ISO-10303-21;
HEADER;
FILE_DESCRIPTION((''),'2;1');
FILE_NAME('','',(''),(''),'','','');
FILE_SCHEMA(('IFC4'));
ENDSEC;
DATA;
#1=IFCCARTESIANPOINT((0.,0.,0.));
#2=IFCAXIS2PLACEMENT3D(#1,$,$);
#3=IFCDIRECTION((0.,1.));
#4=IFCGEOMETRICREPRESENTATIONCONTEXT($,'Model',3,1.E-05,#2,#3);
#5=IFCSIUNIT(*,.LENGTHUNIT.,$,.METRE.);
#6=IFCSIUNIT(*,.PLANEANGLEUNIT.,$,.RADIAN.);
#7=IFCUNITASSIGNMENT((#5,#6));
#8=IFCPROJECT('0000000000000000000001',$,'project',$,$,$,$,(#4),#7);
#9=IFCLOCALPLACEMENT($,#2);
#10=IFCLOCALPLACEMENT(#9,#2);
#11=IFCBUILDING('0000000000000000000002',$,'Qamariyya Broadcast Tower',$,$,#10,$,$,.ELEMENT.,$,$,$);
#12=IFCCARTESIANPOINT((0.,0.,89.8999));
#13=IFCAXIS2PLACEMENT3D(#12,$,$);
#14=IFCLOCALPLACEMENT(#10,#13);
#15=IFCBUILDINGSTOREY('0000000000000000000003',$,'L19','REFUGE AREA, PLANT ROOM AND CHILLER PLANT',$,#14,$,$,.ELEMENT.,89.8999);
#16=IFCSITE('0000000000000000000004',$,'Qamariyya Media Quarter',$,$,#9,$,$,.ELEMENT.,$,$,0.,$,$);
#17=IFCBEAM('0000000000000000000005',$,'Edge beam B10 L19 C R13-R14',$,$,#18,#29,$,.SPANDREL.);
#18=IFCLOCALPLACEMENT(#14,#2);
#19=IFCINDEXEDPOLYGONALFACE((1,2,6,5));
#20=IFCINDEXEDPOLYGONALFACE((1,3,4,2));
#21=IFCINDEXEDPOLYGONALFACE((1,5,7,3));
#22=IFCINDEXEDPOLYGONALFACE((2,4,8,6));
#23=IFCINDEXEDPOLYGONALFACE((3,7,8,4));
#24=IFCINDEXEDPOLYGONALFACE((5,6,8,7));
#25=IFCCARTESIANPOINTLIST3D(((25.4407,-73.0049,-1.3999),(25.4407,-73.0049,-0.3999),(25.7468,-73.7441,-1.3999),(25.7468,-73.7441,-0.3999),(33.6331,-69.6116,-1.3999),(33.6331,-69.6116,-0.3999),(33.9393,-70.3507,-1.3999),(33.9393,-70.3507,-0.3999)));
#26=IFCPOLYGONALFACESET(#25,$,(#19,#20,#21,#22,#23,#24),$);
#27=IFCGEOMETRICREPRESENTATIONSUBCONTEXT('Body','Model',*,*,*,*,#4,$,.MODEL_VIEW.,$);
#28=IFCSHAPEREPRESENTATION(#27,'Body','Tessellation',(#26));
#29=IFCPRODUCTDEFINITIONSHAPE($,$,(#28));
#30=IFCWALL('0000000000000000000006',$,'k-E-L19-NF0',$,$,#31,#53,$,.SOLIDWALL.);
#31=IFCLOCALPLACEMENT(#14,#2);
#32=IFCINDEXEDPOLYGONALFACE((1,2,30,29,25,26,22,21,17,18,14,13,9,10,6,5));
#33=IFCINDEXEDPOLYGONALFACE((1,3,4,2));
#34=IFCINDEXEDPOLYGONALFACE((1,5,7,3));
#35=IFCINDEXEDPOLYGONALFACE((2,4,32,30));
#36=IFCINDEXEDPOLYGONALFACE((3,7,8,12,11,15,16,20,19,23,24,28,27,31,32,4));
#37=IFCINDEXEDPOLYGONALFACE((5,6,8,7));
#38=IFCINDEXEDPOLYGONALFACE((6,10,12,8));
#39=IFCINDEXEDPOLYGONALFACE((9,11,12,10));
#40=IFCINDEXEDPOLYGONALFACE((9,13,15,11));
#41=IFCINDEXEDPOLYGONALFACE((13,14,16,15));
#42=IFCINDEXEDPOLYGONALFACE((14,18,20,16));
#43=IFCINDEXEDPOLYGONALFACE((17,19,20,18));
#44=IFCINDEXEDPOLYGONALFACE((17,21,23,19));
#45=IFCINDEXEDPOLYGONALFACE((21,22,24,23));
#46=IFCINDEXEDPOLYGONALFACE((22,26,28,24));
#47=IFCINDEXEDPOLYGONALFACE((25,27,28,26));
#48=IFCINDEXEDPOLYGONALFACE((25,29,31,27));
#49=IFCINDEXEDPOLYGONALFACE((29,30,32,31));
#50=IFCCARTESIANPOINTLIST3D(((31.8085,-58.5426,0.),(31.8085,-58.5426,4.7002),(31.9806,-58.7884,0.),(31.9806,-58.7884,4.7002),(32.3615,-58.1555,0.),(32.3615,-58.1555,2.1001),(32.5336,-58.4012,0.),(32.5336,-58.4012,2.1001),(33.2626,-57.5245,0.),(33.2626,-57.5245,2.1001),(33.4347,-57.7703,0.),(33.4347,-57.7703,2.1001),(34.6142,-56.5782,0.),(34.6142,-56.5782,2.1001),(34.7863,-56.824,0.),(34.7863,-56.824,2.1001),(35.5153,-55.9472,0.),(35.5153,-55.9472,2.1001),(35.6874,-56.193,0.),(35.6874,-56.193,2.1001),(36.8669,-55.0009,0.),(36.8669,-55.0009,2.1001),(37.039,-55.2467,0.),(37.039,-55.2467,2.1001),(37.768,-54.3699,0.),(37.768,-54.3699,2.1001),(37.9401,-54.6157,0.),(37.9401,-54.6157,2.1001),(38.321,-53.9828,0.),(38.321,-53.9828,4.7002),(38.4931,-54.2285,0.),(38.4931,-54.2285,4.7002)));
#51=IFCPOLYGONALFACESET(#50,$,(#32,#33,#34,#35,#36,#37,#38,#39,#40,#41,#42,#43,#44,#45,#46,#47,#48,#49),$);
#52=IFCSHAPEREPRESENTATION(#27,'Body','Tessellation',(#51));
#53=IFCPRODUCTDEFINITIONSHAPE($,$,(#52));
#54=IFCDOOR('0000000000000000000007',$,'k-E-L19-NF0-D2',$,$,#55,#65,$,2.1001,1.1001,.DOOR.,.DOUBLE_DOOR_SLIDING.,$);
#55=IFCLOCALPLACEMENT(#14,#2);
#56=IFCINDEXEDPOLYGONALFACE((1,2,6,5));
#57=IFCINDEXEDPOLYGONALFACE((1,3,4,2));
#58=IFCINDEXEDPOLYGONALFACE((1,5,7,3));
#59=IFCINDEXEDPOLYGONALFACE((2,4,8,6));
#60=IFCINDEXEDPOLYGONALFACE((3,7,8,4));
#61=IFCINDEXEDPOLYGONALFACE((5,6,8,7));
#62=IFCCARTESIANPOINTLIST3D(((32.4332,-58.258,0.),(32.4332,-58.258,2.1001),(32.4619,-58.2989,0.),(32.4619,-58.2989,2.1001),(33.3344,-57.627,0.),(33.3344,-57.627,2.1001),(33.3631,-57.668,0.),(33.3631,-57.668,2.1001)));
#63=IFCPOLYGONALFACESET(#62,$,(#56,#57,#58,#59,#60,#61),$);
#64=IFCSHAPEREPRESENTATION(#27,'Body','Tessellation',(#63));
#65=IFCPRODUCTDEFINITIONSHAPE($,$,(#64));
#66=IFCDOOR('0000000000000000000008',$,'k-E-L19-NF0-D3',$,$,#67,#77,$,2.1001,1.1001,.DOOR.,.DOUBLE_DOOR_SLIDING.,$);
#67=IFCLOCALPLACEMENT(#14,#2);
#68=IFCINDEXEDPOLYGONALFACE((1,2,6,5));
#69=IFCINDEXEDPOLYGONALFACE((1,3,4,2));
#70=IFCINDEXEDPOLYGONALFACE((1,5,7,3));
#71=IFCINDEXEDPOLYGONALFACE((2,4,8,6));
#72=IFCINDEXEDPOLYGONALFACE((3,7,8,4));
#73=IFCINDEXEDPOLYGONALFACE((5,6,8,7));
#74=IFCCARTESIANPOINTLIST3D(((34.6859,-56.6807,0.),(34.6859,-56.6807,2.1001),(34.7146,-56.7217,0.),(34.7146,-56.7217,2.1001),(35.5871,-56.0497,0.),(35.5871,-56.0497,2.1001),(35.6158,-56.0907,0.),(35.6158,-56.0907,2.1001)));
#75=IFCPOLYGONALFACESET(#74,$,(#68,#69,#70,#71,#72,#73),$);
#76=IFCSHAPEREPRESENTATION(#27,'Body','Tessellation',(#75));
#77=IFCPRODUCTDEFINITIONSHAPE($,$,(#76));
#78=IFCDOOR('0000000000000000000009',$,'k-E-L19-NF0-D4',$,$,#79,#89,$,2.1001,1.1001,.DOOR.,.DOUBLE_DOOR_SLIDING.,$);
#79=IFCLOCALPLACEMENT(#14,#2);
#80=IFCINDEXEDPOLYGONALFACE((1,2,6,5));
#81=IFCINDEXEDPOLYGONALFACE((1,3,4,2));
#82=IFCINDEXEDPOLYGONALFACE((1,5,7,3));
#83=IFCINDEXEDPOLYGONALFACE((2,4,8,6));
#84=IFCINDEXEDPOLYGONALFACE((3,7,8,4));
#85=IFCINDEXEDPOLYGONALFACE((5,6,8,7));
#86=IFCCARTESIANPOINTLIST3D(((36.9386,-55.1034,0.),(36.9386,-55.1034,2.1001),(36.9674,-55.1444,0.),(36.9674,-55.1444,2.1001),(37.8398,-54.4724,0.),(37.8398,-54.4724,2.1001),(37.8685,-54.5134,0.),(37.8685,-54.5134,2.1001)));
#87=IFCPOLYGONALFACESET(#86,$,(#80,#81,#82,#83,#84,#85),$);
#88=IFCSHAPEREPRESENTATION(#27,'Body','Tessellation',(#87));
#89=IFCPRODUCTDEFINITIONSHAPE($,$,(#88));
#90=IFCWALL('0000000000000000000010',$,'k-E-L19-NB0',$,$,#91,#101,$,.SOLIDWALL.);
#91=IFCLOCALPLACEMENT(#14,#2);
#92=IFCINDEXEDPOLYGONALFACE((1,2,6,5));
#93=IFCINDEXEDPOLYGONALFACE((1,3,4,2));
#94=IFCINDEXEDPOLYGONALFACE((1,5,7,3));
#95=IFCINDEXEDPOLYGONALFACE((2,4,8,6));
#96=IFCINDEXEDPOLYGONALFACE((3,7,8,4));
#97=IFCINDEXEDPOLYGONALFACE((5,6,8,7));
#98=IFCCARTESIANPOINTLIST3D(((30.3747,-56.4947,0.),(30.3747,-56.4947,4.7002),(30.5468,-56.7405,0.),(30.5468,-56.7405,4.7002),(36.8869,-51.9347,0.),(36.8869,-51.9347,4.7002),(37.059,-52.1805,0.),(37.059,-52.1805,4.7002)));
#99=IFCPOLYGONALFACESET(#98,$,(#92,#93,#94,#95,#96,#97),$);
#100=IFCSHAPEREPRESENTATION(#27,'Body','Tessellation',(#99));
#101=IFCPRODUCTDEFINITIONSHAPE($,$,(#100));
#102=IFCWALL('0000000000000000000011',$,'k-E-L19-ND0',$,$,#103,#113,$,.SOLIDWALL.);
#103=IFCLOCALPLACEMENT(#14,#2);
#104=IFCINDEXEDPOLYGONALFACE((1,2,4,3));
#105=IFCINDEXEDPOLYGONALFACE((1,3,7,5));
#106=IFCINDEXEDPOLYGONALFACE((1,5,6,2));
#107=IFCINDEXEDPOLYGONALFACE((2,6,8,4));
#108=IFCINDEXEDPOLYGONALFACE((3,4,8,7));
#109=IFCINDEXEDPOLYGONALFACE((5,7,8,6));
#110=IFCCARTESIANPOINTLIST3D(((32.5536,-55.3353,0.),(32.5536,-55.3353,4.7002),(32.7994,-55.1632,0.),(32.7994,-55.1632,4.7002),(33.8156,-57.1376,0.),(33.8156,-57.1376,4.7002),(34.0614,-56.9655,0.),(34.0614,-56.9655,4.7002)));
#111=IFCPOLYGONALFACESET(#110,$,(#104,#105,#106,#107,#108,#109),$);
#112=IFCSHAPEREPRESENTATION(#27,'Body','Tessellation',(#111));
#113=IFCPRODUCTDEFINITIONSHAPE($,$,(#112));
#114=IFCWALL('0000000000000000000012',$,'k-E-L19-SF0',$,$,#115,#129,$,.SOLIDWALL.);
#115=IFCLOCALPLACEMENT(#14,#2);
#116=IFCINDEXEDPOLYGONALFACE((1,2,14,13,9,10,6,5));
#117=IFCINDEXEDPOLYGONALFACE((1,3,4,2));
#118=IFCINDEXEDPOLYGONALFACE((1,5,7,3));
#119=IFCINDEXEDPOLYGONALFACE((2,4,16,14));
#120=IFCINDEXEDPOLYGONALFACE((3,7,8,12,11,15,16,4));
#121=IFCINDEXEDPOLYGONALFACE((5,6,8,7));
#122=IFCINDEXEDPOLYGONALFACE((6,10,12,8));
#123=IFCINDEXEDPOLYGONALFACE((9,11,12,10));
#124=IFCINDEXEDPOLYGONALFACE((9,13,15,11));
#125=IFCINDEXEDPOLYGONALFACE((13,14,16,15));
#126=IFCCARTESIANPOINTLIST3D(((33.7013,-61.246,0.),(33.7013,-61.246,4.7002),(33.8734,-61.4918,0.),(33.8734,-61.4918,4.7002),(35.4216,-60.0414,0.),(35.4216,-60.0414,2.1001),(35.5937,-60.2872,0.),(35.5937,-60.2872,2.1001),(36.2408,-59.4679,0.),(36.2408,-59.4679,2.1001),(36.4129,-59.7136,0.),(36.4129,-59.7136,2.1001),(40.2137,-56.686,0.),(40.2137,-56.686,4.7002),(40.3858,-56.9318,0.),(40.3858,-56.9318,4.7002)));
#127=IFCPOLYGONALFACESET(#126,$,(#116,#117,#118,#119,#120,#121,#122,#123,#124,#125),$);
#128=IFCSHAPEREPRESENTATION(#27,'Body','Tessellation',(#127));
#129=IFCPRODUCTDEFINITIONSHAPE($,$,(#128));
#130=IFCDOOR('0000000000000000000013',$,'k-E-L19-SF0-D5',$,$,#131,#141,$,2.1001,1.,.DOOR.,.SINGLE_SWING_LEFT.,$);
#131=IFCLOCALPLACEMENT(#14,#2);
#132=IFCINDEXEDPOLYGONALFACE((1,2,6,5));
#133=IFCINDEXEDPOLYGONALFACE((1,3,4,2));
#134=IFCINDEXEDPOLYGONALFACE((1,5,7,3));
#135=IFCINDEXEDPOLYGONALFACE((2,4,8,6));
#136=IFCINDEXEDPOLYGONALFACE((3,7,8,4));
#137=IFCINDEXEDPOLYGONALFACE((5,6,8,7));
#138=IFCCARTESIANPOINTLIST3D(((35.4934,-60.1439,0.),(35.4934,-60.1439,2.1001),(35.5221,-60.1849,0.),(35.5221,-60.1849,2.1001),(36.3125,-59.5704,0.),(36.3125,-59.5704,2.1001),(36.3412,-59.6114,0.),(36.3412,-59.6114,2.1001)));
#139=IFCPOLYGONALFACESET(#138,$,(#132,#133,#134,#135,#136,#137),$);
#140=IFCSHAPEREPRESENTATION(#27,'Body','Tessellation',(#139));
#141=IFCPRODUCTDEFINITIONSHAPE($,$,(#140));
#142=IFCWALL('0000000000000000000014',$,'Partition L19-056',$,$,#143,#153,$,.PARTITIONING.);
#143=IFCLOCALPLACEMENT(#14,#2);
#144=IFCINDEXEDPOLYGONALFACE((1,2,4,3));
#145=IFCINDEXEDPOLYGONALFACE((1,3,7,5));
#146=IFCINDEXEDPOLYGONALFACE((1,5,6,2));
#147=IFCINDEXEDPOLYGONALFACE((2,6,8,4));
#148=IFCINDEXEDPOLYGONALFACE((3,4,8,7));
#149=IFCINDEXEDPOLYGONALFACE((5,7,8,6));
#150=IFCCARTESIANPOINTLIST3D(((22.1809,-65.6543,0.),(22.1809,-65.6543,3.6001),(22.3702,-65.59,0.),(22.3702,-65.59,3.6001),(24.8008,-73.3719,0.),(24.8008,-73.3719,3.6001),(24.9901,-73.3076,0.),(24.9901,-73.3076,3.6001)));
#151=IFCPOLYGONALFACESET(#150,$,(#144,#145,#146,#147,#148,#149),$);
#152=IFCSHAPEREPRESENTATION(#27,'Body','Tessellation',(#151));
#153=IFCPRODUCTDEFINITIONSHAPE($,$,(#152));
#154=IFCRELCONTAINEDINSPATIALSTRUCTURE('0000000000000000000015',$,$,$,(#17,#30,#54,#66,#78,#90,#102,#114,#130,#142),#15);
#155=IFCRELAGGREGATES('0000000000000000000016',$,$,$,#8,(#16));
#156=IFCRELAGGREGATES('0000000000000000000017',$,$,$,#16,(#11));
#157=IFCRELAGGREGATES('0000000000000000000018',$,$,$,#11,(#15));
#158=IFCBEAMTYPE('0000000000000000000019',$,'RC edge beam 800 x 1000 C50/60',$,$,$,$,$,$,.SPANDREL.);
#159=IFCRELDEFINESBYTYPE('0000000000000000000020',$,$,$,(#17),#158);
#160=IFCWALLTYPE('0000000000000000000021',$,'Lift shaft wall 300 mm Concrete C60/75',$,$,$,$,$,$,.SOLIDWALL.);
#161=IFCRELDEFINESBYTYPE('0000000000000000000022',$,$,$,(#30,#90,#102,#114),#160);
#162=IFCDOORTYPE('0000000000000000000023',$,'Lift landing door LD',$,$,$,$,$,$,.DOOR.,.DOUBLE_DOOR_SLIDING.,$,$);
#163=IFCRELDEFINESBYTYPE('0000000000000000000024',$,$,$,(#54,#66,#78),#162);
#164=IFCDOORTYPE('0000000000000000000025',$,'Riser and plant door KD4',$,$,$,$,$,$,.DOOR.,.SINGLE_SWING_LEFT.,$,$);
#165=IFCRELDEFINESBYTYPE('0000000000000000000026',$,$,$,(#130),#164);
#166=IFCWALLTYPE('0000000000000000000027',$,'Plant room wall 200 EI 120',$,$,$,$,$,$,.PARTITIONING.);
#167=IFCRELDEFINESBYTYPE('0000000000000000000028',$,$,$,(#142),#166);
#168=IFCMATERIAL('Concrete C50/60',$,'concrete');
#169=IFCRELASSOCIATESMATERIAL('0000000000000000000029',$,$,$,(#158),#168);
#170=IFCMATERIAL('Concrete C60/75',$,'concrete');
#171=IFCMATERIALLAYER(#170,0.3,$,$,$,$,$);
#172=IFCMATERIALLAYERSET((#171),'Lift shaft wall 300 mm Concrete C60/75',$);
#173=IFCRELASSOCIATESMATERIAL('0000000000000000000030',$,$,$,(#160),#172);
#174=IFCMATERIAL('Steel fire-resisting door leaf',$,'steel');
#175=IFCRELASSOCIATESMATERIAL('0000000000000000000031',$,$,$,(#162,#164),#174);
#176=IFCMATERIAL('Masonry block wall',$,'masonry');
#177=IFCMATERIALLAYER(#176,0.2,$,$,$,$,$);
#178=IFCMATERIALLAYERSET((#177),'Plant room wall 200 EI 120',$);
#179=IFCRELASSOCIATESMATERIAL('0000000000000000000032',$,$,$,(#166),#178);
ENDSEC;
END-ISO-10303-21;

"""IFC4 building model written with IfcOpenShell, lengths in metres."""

from ifc_helpers import new_model, si_unit, direction, frame, frame_2d, origin, origin_2d, place, context, subcontext, project, spatial, rectangle, extrude, material, layer, layer_set, material_profile, profile_set, type_object, element, fill, save


model = new_model("IFC4")

# Units and contexts
model_context = context("Model", 3, precision=1e-05, world=origin(), true_north=direction((0.0, 1.0)))
body_context = subcontext(model_context, "Body", "Model", "MODEL_VIEW")
ifc_project = project(units=[si_unit("LENGTHUNIT", "METRE"), si_unit("PLANEANGLEUNIT", "RADIAN")], contexts=[model_context])

# Site, building, storey
site_placement = place(None, origin())
site = spatial("IfcSite", under=ifc_project, at=site_placement, Name="Qamariyya Media Quarter", CompositionType="ELEMENT", RefElevation=0.0)
building_placement = place(site_placement, origin())
building = spatial("IfcBuilding", under=site, at=building_placement, Name="Qamariyya Broadcast Tower", CompositionType="ELEMENT")
storey_placement = place(building_placement, frame((0.0, 0.0, 89.8999)))
storey = spatial("IfcBuildingStorey", under=building, at=storey_placement, Name="L19", Description="REFUGE AREA, PLANT ROOM AND CHILLER PLANT", CompositionType="ELEMENT", Elevation=89.8999)

# Beam
ifc_material_1 = material(Name="Concrete C50/60", Category="concrete")
ifc_material_profile_1 = material_profile(ifc_material_1, rectangle(XDim=0.8, YDim=1.0, at=origin_2d()))
ifc_profile_set_1 = profile_set([ifc_material_profile_1], Name="Concrete C50/60")
beam_type = type_object("IfcBeamType", Name="RC edge beam 800 x 1000 C50/60", PredefinedType="SPANDREL", material=ifc_profile_set_1)
beam_placement = place(storey_placement, frame((25.5938, -73.3745, -0.8999), z_axis=(0.923883, 0.382675, 0.0), x_axis=(-0.382675, 0.923883, 0.0)))
element("IfcBeam", 1, at=beam_placement, inside=storey, type_object=beam_type, Name="Edge beam B10 L19 C R13-R14", PredefinedType="SPANDREL", context=body_context, shape_type="SweptSolid", body=[
    extrude(rectangle(XDim=0.8, YDim=1.0, at=origin_2d()), origin(), (0.0, 0.0, 1.0), 8.8674),
])

# Wall, openings, doors
ifc_material_2 = material(Name="Concrete C60/75", Category="concrete")
ifc_layer_1 = layer(ifc_material_2, 0.3)
ifc_layer_set_1 = layer_set([ifc_layer_1], Name="Lift shaft wall 300 mm Concrete C60/75")
wall_type_1 = type_object("IfcWallType", Name="Lift shaft wall 300 mm Concrete C60/75", PredefinedType="SOLIDWALL", material=ifc_layer_set_1)
wall_1_placement = place(storey_placement, frame((31.8945, -58.6655, 0.0), z_axis=(0.0, 0.0, 1.0), x_axis=(0.819167, 0.573555, 0.0)))
wall_1 = element("IfcWall", 2, at=wall_1_placement, inside=storey, type_object=wall_type_1, Name="k-E-L19-NF0", PredefinedType="SOLIDWALL", context=body_context, shape_type="SweptSolid", body=[
    extrude(rectangle(XDim=7.9502, YDim=0.3, at=frame_2d((3.9751, 0.0))), origin(), (0.0, 0.0, 1.0), 4.7002),
])
opening_1_placement = place(wall_1_placement, frame((0.675, 0.0, 0.0)))
opening_1 = element("IfcOpeningElement", 3, at=opening_1_placement, cuts=wall_1, PredefinedType="OPENING", context=body_context, shape_type="SweptSolid", body=[
    extrude(rectangle(XDim=1.1001, YDim=2.1001, at=frame_2d((0.55, 1.05))), frame((0.0, 0.1599, 0.0), z_axis=(0.0, -1.0, 0.0), x_axis=(1.0, 0.0, 0.0)), (0.0, 0.0, 1.0), 0.3201),
])
opening_2_placement = place(wall_1_placement, frame((3.425, 0.0, 0.0)))
opening_2 = element("IfcOpeningElement", 4, at=opening_2_placement, cuts=wall_1, PredefinedType="OPENING", context=body_context, shape_type="SweptSolid", body=[
    extrude(rectangle(XDim=1.1001, YDim=2.1001, at=frame_2d((0.55, 1.05))), frame((0.0, 0.1599, 0.0), z_axis=(0.0, -1.0, 0.0), x_axis=(1.0, 0.0, 0.0)), (0.0, 0.0, 1.0), 0.3201),
])
opening_3_placement = place(wall_1_placement, frame((6.175, 0.0, 0.0)))
opening_3 = element("IfcOpeningElement", 5, at=opening_3_placement, cuts=wall_1, PredefinedType="OPENING", context=body_context, shape_type="SweptSolid", body=[
    extrude(rectangle(XDim=1.1001, YDim=2.1001, at=frame_2d((0.55, 1.05))), frame((0.0, 0.1599, 0.0), z_axis=(0.0, -1.0, 0.0), x_axis=(1.0, 0.0, 0.0)), (0.0, 0.0, 1.0), 0.3201),
])
ifc_material_3 = material(Name="Steel fire-resisting door leaf", Category="steel")
door_type_1 = type_object("IfcDoorType", Name="Lift landing door LD", OperationType="DOUBLE_DOOR_SLIDING", PredefinedType="DOOR", material=ifc_material_3)
door_1_placement = place(opening_1_placement, origin())
door_1 = element("IfcDoor", 6, at=door_1_placement, inside=storey, type_object=door_type_1, Name="k-E-L19-NF0-D2", OperationType="DOUBLE_DOOR_SLIDING", OverallHeight=2.1001, OverallWidth=1.1001, PredefinedType="DOOR", context=body_context, shape_type="SweptSolid", body=[
    extrude(rectangle(XDim=1.1001, YDim=2.1001, at=frame_2d((0.55, 1.05))), frame((0.0, 0.0249, 0.0), z_axis=(0.0, -1.0, 0.0), x_axis=(1.0, 0.0, 0.0)), (0.0, 0.0, 1.0), 0.05),
])
fill(opening_1, door_1)
door_2_placement = place(opening_2_placement, origin())
door_2 = element("IfcDoor", 7, at=door_2_placement, inside=storey, type_object=door_type_1, Name="k-E-L19-NF0-D3", OperationType="DOUBLE_DOOR_SLIDING", OverallHeight=2.1001, OverallWidth=1.1001, PredefinedType="DOOR", context=body_context, shape_type="SweptSolid", body=[
    extrude(rectangle(XDim=1.1001, YDim=2.1001, at=frame_2d((0.55, 1.05))), frame((0.0, 0.0249, 0.0), z_axis=(0.0, -1.0, 0.0), x_axis=(1.0, 0.0, 0.0)), (0.0, 0.0, 1.0), 0.05),
])
fill(opening_2, door_2)
door_3_placement = place(opening_3_placement, origin())
door_3 = element("IfcDoor", 8, at=door_3_placement, inside=storey, type_object=door_type_1, Name="k-E-L19-NF0-D4", OperationType="DOUBLE_DOOR_SLIDING", OverallHeight=2.1001, OverallWidth=1.1001, PredefinedType="DOOR", context=body_context, shape_type="SweptSolid", body=[
    extrude(rectangle(XDim=1.1001, YDim=2.1001, at=frame_2d((0.55, 1.05))), frame((0.0, 0.0249, 0.0), z_axis=(0.0, -1.0, 0.0), x_axis=(1.0, 0.0, 0.0)), (0.0, 0.0, 1.0), 0.05),
])
fill(opening_3, door_3)

# Walls
wall_2_placement = place(storey_placement, frame((30.4607, -56.6177, 0.0), z_axis=(0.0, 0.0, 1.0), x_axis=(0.819142, 0.57359, 0.0)))
element("IfcWall", 9, at=wall_2_placement, inside=storey, type_object=wall_type_1, Name="k-E-L19-NB0", PredefinedType="SOLIDWALL", context=body_context, shape_type="SweptSolid", body=[
    extrude(rectangle(XDim=7.95, YDim=0.3, at=frame_2d((3.9751, 0.0))), origin(), (0.0, 0.0, 1.0), 4.7002),
])
wall_3_placement = place(storey_placement, frame((33.9385, -57.0515, 0.0), z_axis=(0.0, 0.0, 1.0), x_axis=(-0.573581, 0.819149, 0.0)))
element("IfcWall", 10, at=wall_3_placement, inside=storey, type_object=wall_type_1, Name="k-E-L19-ND0", PredefinedType="SOLIDWALL", context=body_context, shape_type="SweptSolid", body=[
    extrude(rectangle(XDim=2.2002, YDim=0.3, at=frame_2d((1.1001, 0.0))), origin(), (0.0, 0.0, 1.0), 4.7002),
])

# Wall, opening, door
wall_4_placement = place(storey_placement, frame((33.7874, -61.3689, 0.0), z_axis=(0.0, 0.0, 1.0), x_axis=(0.819153, 0.573576, 0.0)))
wall_4 = element("IfcWall", 11, at=wall_4_placement, inside=storey, type_object=wall_type_1, Name="k-E-L19-SF0", PredefinedType="SOLIDWALL", context=body_context, shape_type="SweptSolid", body=[
    extrude(rectangle(XDim=7.9502, YDim=0.3, at=frame_2d((3.9751, 0.0))), origin(), (0.0, 0.0, 1.0), 4.7002),
])
opening_4_placement = place(wall_4_placement, frame((2.1001, 0.0, 0.0)))
opening_4 = element("IfcOpeningElement", 12, at=opening_4_placement, cuts=wall_4, PredefinedType="OPENING", context=body_context, shape_type="SweptSolid", body=[
    extrude(rectangle(XDim=1.0, YDim=2.1001, at=frame_2d((0.5, 1.05))), frame((0.0, 0.1599, 0.0), z_axis=(0.0, -1.0, 0.0), x_axis=(1.0, 0.0, 0.0)), (0.0, 0.0, 1.0), 0.3201),
])
door_type_2 = type_object("IfcDoorType", Name="Riser and plant door KD4", OperationType="SINGLE_SWING_LEFT", PredefinedType="DOOR", material=ifc_material_3)
door_4_placement = place(opening_4_placement, origin())
door_4 = element("IfcDoor", 13, at=door_4_placement, inside=storey, type_object=door_type_2, Name="k-E-L19-SF0-D5", OperationType="SINGLE_SWING_LEFT", OverallHeight=2.1001, OverallWidth=1.0, PredefinedType="DOOR", context=body_context, shape_type="SweptSolid", body=[
    extrude(rectangle(XDim=1.0, YDim=2.1001, at=frame_2d((0.5, 1.05))), frame((0.0, 0.0249, 0.0), z_axis=(0.0, -1.0, 0.0), x_axis=(1.0, 0.0, 0.0)), (0.0, 0.0, 1.0), 0.05),
])
fill(opening_4, door_4)

# Wall
ifc_material_4 = material(Name="Masonry block wall", Category="masonry")
ifc_layer_2 = layer(ifc_material_4, 0.2)
ifc_layer_set_2 = layer_set([ifc_layer_2], Name="Plant room wall 200 EI 120")
wall_type_2 = type_object("IfcWallType", Name="Plant room wall 200 EI 120", PredefinedType="PARTITIONING", material=ifc_layer_set_2)
wall_5_placement = place(storey_placement, frame((24.8955, -73.3398, 0.0), z_axis=(0.0, 0.0, 1.0), x_axis=(-0.321453, 0.946925, 0.0)))
element("IfcWall", 14, at=wall_5_placement, inside=storey, type_object=wall_type_2, Name="Partition L19-056", PredefinedType="PARTITIONING", context=body_context, shape_type="SweptSolid", body=[
    extrude(rectangle(XDim=8.1501, YDim=0.2, at=frame_2d((4.0752, 0.0))), origin(), (0.0, 0.0, 1.0), 3.6001),
])

save(model, "model.ifc")
